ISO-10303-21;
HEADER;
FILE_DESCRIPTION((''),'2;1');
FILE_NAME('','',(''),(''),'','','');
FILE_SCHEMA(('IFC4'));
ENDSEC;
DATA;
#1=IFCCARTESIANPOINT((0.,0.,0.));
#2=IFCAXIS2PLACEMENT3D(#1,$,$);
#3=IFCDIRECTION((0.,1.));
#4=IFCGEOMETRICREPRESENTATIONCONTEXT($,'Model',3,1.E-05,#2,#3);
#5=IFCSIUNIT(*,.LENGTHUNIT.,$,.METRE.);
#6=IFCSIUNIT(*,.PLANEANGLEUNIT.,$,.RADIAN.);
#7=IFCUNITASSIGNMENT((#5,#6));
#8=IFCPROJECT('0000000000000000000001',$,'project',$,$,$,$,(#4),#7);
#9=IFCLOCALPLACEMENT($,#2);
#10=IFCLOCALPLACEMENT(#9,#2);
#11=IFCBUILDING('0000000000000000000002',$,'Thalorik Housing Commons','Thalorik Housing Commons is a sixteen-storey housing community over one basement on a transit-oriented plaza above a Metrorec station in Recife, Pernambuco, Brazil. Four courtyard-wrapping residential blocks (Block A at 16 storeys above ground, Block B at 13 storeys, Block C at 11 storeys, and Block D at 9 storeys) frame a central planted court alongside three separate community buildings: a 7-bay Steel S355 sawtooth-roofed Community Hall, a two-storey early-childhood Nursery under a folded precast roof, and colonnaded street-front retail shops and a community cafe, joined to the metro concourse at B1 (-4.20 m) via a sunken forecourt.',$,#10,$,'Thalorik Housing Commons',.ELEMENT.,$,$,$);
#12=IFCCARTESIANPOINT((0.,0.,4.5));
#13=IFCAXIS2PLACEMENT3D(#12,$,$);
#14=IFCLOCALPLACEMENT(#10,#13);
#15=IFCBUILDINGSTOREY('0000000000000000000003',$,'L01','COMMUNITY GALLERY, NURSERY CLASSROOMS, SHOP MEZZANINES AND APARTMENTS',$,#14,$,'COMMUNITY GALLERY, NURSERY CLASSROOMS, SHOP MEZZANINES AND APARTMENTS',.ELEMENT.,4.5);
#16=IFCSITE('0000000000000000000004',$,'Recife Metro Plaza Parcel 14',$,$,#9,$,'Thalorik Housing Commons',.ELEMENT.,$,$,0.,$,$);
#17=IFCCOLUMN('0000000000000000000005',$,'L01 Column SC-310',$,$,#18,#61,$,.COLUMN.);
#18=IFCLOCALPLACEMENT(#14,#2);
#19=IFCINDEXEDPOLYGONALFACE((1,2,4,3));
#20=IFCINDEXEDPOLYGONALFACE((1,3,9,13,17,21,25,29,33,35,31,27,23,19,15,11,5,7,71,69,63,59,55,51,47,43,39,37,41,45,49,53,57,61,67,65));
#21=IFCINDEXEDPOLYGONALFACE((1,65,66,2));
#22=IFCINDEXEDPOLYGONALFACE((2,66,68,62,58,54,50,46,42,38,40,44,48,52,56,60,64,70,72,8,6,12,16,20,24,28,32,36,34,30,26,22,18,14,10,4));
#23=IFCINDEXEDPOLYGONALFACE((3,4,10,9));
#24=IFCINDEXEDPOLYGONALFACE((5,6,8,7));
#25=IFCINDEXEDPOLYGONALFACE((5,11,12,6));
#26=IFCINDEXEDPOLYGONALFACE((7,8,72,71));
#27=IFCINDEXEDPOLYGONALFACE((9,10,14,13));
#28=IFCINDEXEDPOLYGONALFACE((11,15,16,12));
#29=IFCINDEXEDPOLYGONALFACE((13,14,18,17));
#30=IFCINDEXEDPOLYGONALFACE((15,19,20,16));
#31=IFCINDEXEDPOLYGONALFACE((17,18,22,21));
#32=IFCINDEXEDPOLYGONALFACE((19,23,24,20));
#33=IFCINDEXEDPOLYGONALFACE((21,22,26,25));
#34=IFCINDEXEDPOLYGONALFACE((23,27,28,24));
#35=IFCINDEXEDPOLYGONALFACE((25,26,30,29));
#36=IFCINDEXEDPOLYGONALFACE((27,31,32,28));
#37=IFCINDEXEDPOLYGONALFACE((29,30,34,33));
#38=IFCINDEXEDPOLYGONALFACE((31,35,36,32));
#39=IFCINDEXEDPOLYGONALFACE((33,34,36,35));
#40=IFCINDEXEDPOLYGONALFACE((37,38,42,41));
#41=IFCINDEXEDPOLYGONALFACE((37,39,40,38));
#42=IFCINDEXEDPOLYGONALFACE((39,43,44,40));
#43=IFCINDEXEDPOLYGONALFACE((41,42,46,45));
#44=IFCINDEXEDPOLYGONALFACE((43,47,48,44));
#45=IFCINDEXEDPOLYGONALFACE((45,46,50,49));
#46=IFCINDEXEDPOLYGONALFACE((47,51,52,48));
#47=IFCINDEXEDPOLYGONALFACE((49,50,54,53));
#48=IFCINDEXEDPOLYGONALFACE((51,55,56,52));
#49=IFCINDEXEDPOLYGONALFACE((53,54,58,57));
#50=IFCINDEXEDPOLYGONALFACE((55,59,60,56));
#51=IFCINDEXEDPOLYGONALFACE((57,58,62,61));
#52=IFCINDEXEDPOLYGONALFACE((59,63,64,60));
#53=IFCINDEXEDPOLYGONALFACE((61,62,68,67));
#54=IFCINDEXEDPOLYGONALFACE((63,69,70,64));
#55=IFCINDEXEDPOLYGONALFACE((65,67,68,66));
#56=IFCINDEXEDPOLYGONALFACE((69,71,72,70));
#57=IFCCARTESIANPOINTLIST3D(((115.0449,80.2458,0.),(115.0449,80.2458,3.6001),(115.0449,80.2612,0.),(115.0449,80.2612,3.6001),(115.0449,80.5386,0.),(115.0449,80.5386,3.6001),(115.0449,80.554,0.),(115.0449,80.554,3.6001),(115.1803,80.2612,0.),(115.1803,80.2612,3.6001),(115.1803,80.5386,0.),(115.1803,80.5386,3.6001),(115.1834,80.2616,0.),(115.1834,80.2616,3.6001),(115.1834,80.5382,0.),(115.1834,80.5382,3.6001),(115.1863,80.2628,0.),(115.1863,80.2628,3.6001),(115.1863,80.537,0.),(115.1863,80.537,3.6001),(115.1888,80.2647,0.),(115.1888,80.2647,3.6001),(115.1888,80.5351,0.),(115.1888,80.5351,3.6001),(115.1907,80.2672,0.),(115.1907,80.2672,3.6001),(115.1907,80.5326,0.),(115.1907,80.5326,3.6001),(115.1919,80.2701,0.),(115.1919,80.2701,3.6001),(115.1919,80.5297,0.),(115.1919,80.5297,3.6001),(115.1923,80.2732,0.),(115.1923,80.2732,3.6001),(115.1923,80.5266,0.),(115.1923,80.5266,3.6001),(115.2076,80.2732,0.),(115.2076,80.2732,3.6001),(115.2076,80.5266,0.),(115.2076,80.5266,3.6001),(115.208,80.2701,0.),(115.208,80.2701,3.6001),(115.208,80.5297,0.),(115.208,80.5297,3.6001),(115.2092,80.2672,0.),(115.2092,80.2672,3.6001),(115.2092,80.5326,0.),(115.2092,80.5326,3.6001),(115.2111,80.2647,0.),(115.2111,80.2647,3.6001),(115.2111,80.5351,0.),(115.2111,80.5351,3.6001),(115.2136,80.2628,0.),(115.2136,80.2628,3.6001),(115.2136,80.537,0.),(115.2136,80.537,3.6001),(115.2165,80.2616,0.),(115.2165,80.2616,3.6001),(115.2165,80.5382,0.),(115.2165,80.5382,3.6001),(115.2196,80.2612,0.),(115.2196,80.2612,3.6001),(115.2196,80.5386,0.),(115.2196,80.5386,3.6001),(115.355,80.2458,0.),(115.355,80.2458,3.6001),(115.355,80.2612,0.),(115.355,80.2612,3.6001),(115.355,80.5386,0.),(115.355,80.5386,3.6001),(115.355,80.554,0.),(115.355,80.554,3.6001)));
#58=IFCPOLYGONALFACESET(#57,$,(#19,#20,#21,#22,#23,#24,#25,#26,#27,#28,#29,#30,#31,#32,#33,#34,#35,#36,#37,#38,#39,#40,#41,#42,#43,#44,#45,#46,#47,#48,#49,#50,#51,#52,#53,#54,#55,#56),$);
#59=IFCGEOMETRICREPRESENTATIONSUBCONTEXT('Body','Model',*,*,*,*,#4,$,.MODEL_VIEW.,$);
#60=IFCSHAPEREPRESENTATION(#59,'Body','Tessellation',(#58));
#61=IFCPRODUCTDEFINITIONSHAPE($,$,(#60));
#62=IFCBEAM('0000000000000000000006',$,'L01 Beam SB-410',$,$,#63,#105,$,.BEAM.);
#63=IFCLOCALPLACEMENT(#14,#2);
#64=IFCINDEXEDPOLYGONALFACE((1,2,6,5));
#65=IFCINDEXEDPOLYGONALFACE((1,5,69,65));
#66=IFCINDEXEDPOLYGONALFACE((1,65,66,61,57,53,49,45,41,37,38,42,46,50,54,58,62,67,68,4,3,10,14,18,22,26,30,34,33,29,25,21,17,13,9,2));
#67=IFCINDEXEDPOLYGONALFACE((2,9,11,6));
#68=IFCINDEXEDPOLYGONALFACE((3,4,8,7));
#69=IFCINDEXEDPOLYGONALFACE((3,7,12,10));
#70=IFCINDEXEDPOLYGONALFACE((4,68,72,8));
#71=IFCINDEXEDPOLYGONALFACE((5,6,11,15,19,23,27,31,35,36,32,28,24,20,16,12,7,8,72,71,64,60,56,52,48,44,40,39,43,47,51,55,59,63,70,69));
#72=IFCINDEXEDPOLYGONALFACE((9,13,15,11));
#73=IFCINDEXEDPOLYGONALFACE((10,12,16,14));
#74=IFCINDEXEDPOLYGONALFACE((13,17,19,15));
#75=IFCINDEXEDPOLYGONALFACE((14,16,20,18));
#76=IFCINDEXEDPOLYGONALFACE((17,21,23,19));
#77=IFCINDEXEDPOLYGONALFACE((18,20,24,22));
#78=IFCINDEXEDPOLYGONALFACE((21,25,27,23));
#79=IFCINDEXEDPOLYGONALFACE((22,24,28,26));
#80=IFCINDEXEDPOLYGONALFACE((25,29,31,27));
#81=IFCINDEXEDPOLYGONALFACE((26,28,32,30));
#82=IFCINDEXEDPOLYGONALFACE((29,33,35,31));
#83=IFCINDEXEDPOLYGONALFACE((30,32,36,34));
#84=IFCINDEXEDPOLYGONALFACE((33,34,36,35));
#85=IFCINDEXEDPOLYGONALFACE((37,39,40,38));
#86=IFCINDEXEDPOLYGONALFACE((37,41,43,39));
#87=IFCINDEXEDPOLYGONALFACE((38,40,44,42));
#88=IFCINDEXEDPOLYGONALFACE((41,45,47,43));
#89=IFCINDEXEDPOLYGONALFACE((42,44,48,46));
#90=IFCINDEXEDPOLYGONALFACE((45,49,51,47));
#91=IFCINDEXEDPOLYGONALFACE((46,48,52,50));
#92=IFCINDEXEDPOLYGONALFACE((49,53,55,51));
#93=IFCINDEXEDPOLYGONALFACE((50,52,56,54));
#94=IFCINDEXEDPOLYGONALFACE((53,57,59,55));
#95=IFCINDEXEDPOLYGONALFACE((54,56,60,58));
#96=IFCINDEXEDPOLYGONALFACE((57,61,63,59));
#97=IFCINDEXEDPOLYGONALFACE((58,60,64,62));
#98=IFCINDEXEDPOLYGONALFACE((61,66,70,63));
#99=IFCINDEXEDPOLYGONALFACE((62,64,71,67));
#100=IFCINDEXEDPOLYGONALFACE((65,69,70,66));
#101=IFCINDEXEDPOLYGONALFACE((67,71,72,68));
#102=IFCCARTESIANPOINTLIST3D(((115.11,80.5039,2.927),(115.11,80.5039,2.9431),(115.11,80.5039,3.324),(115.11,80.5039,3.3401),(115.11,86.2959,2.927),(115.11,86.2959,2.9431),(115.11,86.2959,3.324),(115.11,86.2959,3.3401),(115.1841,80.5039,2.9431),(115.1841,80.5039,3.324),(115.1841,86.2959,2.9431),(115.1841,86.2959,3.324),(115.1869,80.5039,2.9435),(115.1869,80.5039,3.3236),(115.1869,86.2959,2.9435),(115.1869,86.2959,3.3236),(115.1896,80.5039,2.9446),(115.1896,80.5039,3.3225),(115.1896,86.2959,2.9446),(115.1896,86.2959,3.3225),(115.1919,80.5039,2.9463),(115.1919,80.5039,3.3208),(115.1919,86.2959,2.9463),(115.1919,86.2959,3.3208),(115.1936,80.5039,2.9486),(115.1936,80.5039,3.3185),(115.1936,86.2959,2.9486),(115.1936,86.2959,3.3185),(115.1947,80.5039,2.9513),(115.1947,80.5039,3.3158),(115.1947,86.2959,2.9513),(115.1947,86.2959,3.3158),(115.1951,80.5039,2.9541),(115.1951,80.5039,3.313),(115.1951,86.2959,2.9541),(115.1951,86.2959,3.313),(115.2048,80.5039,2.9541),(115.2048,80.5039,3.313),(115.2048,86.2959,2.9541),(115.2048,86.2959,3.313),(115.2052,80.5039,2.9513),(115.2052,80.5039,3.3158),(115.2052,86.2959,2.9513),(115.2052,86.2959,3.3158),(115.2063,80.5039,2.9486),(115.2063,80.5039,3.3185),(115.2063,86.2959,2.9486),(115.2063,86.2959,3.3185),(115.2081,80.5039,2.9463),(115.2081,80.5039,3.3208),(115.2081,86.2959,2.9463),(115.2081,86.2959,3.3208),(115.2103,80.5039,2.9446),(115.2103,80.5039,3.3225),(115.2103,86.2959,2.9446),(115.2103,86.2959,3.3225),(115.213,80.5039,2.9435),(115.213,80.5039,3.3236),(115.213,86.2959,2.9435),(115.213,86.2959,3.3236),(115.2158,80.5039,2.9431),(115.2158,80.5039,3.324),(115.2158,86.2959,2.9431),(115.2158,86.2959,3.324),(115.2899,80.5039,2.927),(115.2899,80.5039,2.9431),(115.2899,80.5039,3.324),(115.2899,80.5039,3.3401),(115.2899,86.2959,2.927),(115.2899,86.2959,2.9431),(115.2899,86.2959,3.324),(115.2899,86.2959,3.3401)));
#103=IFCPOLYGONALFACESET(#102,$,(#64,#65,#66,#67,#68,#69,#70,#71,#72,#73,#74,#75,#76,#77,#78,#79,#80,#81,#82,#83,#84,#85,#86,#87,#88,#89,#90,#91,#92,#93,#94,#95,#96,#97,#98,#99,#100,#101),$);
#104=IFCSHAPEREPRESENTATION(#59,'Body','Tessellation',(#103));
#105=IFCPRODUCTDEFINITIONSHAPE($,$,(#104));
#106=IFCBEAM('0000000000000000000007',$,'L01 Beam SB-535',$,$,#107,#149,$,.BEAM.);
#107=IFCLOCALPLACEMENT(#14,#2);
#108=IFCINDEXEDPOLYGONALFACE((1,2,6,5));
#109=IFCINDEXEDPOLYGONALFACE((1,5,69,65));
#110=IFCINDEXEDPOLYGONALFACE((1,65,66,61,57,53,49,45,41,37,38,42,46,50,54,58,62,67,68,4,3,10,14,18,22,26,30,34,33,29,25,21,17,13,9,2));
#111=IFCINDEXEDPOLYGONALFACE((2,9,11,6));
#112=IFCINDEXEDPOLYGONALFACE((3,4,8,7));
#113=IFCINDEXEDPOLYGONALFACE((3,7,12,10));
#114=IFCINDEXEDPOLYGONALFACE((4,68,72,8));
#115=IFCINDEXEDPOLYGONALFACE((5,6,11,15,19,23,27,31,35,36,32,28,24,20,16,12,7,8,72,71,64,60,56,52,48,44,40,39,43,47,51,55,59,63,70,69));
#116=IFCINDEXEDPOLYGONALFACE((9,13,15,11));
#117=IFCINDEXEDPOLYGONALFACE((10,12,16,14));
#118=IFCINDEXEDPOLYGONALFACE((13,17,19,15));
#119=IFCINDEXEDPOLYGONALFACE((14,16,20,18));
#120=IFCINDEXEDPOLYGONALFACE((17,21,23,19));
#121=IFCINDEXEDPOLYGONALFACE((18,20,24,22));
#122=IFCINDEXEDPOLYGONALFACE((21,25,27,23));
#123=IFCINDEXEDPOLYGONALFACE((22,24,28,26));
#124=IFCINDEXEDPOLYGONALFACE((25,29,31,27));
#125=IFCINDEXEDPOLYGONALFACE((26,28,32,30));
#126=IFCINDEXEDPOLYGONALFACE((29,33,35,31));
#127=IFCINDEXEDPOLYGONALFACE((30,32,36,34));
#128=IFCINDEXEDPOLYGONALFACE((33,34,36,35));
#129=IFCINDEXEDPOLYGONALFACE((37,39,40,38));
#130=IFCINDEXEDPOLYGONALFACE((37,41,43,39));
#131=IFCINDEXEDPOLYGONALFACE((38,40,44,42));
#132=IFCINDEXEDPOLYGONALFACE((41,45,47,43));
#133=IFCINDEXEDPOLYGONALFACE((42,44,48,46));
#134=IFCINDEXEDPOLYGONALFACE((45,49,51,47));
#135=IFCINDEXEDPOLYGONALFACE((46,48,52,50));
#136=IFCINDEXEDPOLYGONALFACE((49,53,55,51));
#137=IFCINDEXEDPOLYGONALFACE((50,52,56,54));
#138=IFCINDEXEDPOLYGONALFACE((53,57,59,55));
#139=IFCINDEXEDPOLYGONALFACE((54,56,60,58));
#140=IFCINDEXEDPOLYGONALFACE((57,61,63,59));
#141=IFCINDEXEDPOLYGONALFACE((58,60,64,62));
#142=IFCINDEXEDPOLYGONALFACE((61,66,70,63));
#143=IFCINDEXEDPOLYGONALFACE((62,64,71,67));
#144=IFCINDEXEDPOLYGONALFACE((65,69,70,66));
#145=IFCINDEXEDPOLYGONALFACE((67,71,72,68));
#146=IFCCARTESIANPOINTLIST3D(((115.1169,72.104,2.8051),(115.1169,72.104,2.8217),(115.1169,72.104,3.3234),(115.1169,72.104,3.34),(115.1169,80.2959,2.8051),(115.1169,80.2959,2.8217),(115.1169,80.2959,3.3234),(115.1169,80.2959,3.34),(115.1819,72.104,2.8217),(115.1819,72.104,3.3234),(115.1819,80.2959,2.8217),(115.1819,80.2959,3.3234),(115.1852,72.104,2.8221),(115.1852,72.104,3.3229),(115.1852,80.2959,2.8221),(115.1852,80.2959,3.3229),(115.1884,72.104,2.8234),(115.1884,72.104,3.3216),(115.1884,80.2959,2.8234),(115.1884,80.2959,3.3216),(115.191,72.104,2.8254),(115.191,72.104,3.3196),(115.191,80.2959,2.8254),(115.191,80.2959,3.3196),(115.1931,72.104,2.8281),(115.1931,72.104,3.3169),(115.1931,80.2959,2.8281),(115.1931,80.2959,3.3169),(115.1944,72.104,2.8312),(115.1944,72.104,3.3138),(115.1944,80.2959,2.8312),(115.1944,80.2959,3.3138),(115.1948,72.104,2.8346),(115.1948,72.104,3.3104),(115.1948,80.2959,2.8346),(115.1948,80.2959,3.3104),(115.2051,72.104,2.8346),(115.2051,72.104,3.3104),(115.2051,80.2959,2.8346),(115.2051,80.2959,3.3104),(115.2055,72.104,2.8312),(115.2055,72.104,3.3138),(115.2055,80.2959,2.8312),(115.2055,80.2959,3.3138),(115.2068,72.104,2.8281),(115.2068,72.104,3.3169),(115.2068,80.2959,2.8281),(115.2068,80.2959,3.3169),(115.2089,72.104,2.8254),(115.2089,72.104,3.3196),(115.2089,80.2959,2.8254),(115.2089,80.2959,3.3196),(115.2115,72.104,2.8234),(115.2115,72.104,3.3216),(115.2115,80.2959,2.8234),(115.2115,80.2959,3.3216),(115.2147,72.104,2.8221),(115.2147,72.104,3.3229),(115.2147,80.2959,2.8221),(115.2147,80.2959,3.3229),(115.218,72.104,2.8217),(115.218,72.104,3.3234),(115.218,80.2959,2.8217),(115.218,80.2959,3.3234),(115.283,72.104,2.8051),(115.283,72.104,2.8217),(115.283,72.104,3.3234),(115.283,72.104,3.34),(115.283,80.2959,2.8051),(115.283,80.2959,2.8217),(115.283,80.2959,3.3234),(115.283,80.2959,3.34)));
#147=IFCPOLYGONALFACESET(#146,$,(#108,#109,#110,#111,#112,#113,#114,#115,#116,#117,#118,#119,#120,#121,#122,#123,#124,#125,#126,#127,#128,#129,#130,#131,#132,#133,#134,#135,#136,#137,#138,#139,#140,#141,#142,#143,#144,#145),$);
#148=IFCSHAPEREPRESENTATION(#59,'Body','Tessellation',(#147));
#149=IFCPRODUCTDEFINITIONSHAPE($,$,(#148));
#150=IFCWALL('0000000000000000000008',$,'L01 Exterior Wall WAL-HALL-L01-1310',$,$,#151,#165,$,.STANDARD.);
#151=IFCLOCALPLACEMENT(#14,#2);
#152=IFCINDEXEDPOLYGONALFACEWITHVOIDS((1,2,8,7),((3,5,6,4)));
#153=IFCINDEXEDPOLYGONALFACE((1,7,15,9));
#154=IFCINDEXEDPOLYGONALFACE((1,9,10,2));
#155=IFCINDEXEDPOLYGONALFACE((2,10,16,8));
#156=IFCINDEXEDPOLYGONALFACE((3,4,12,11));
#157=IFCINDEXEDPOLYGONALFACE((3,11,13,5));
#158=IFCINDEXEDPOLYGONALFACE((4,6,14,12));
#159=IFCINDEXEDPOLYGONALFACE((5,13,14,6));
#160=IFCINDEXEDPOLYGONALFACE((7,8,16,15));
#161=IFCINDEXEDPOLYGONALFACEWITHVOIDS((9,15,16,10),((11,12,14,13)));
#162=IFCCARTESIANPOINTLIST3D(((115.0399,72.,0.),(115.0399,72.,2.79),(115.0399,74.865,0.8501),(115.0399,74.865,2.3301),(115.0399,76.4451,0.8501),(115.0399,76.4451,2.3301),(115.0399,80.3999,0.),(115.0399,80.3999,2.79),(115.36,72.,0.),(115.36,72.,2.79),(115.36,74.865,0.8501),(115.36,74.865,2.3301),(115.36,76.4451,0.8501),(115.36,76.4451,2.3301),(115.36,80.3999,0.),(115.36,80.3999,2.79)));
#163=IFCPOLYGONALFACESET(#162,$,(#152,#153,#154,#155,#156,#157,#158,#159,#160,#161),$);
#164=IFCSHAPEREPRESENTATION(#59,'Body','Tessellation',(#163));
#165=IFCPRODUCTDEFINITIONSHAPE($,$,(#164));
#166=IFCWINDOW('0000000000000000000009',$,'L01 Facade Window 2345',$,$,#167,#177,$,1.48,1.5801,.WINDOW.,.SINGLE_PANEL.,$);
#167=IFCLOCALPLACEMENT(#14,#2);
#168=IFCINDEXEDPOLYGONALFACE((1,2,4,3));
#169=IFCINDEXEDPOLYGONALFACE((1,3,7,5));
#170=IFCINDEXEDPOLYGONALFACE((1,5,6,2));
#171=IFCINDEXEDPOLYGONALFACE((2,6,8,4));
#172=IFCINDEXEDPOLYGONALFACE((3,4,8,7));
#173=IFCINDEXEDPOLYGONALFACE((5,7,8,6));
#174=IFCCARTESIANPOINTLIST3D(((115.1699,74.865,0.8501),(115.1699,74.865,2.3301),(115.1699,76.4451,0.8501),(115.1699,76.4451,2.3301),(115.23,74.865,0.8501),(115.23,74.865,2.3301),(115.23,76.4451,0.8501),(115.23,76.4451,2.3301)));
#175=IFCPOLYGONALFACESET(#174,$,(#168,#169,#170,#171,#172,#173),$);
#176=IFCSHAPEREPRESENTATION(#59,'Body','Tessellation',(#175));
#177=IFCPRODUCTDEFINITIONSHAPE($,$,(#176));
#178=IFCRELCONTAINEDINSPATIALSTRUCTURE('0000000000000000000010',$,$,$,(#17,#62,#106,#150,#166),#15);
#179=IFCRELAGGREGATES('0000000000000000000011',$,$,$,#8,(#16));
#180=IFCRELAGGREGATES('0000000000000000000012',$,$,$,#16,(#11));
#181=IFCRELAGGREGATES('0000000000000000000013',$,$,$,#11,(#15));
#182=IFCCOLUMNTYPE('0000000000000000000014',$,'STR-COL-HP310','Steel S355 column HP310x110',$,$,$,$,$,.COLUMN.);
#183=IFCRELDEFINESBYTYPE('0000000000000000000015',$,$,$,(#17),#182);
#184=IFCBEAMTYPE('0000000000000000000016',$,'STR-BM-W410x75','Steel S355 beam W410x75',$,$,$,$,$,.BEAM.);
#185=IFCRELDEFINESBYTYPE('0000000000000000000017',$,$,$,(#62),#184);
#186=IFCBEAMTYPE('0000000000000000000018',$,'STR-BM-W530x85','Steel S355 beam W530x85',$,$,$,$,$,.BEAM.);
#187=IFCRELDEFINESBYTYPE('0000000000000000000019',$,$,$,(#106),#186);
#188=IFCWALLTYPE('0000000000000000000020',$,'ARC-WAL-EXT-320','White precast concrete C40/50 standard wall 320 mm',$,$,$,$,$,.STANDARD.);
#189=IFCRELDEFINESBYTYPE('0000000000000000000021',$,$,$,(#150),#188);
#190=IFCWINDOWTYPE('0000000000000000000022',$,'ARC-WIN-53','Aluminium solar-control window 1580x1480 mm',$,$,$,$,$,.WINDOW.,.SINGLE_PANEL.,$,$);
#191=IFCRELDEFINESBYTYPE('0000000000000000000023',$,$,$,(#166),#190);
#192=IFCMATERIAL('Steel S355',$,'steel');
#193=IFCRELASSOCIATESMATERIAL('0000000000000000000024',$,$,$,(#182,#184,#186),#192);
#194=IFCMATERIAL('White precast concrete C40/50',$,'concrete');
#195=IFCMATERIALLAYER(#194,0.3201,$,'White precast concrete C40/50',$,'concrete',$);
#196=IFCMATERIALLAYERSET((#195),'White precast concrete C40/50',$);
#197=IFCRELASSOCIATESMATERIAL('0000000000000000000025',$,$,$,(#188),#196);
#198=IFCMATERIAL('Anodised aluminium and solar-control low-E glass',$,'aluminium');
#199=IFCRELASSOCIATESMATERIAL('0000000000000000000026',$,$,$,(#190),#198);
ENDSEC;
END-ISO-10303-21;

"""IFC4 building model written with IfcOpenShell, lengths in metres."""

from ifc_helpers import new_model, si_unit, direction, frame, frame_2d, origin, origin_2d, place, context, subcontext, project, spatial, rectangle, i_section, extrude, material, layer, layer_set, material_profile, profile_set, type_object, element, fill, save


model = new_model("IFC4")

# Units and contexts
model_context = context("Model", 3, precision=1e-05, world=origin(), true_north=direction((0.0, 1.0)))
body_context = subcontext(model_context, "Body", "Model", "MODEL_VIEW")
ifc_project = project(units=[si_unit("LENGTHUNIT", "METRE"), si_unit("PLANEANGLEUNIT", "RADIAN")], contexts=[model_context])

# Site, building, storey
site_placement = place(None, origin())
site = spatial("IfcSite", under=ifc_project, at=site_placement, Name="Recife Metro Plaza Parcel 14", LongName="Thalorik Housing Commons", CompositionType="ELEMENT", RefElevation=0.0)
building_placement = place(site_placement, origin())
building = spatial("IfcBuilding", under=site, at=building_placement, Name="Thalorik Housing Commons", Description="Thalorik Housing Commons is a sixteen-storey housing community over one basement on a transit-oriented plaza above a Metrorec station in Recife, Pernambuco, Brazil. Four courtyard-wrapping residential blocks (Block A at 16 storeys above ground, Block B at 13 storeys, Block C at 11 storeys, and Block D at 9 storeys) frame a central planted court alongside three separate community buildings: a 7-bay Steel S355 sawtooth-roofed Community Hall, a two-storey early-childhood Nursery under a folded precast roof, and colonnaded street-front retail shops and a community cafe, joined to the metro concourse at B1 (-4.20 m) via a sunken forecourt.", LongName="Thalorik Housing Commons", CompositionType="ELEMENT")
storey_placement = place(building_placement, frame((0.0, 0.0, 4.5)))
storey = spatial("IfcBuildingStorey", under=building, at=storey_placement, Name="L01", Description="COMMUNITY GALLERY, NURSERY CLASSROOMS, SHOP MEZZANINES AND APARTMENTS", LongName="COMMUNITY GALLERY, NURSERY CLASSROOMS, SHOP MEZZANINES AND APARTMENTS", CompositionType="ELEMENT", Elevation=4.5)

# Column
ifc_material_1 = material(Name="Steel S355", Category="steel")
ifc_material_profile_1 = material_profile(ifc_material_1, i_section(OverallWidth=0.3101, OverallDepth=0.3081, WebThickness=0.0154, FlangeThickness=0.0154, FilletRadius=0.012, at=origin_2d()), Name="HP310x110", Category="steel")
ifc_profile_set_1 = profile_set([ifc_material_profile_1], Name="Steel S355")
column_type = type_object("IfcColumnType", Name="STR-COL-HP310", Description="Steel S355 column HP310x110", PredefinedType="COLUMN", material=ifc_profile_set_1)
column_placement = place(storey_placement, frame((115.2, 80.3999, 0.0), z_axis=(0.0, 0.0, 1.0), x_axis=(1.0, 0.0, 0.0)))
element("IfcColumn", 1, at=column_placement, inside=storey, type_object=column_type, Name="L01 Column SC-310", PredefinedType="COLUMN", context=body_context, shape_type="SweptSolid", body=[
    extrude(i_section(OverallWidth=0.3101, OverallDepth=0.3081, WebThickness=0.0154, FlangeThickness=0.0154, FilletRadius=0.012, at=origin_2d()), origin(), (0.0, 0.0, 1.0), 3.6001),
])

# Beams
ifc_material_profile_2 = material_profile(ifc_material_1, i_section(OverallWidth=0.1799, OverallDepth=0.4131, WebThickness=0.0098, FlangeThickness=0.0161, FilletRadius=0.011, at=origin_2d()), Name="W410x75", Category="steel")
ifc_profile_set_2 = profile_set([ifc_material_profile_2], Name="Steel S355")
beam_type_1 = type_object("IfcBeamType", Name="STR-BM-W410x75", Description="Steel S355 beam W410x75", PredefinedType="BEAM", material=ifc_profile_set_2)
beam_1_placement = place(storey_placement, frame((115.2, 80.5039, 3.1335), z_axis=(0.0, 1.0, 0.0), x_axis=(-1.0, 0.0, 0.0)))
element("IfcBeam", 2, at=beam_1_placement, inside=storey, type_object=beam_type_1, Name="L01 Beam SB-410", PredefinedType="BEAM", context=body_context, shape_type="SweptSolid", body=[
    extrude(i_section(OverallWidth=0.1799, OverallDepth=0.4131, WebThickness=0.0098, FlangeThickness=0.0161, FilletRadius=0.011, at=origin_2d()), origin(), (0.0, 0.0, 1.0), 5.792),
])
ifc_material_profile_3 = material_profile(ifc_material_1, i_section(OverallWidth=0.166, OverallDepth=0.5349, WebThickness=0.0103, FlangeThickness=0.0166, FilletRadius=0.0129, at=origin_2d()), Name="W530x85", Category="steel")
ifc_profile_set_3 = profile_set([ifc_material_profile_3], Name="Steel S355")
beam_type_2 = type_object("IfcBeamType", Name="STR-BM-W530x85", Description="Steel S355 beam W530x85", PredefinedType="BEAM", material=ifc_profile_set_3)
beam_2_placement = place(storey_placement, frame((115.2, 72.104, 3.0725), z_axis=(0.0, 1.0, 0.0), x_axis=(-1.0, 0.0, 0.0)))
element("IfcBeam", 3, at=beam_2_placement, inside=storey, type_object=beam_type_2, Name="L01 Beam SB-535", PredefinedType="BEAM", context=body_context, shape_type="SweptSolid", body=[
    extrude(i_section(OverallWidth=0.166, OverallDepth=0.5349, WebThickness=0.0103, FlangeThickness=0.0166, FilletRadius=0.0129, at=origin_2d()), origin(), (0.0, 0.0, 1.0), 8.1919),
])

# Wall, opening, window
ifc_material_2 = material(Name="White precast concrete C40/50", Category="concrete")
ifc_layer_1 = layer(ifc_material_2, 0.3201, Name="White precast concrete C40/50", Category="concrete")
ifc_layer_set_1 = layer_set([ifc_layer_1], Name="White precast concrete C40/50")
wall_type = type_object("IfcWallType", Name="ARC-WAL-EXT-320", Description="White precast concrete C40/50 standard wall 320 mm", PredefinedType="STANDARD", material=ifc_layer_set_1)
wall_1_placement = place(storey_placement, frame((115.2, 72.0, 0.0), z_axis=(0.0, 0.0, 1.0), x_axis=(0.0, 1.0, 0.0)))
wall_1 = element("IfcWall", 4, at=wall_1_placement, inside=storey, type_object=wall_type, Name="L01 Exterior Wall WAL-HALL-L01-1310", PredefinedType="STANDARD", context=body_context, shape_type="SweptSolid", body=[
    extrude(rectangle(XDim=8.3999, YDim=0.3201, at=frame_2d((4.2, 0.0))), origin(), (0.0, 0.0, 1.0), 2.79),
])
opening_1_placement = place(wall_1_placement, frame((2.865, 0.0, 0.8501)))
opening_1 = element("IfcOpeningElement", 5, at=opening_1_placement, cuts=wall_1, PredefinedType="OPENING", context=body_context, shape_type="SweptSolid", body=[
    extrude(rectangle(XDim=1.5801, YDim=1.48, at=frame_2d((0.79, 0.74))), frame((0.0, 0.1699, 0.0), z_axis=(0.0, -1.0, 0.0), x_axis=(1.0, 0.0, 0.0)), (0.0, 0.0, 1.0), 0.3401),
])
ifc_material_3 = material(Name="Anodised aluminium and solar-control low-E glass", Category="aluminium")
window_type_1 = type_object("IfcWindowType", Name="ARC-WIN-53", Description="Aluminium solar-control window 1580x1480 mm", PartitioningType="SINGLE_PANEL", PredefinedType="WINDOW", material=ifc_material_3)
window_1_placement = place(opening_1_placement, origin())
window_1 = element("IfcWindow", 6, at=window_1_placement, inside=storey, type_object=window_type_1, Name="L01 Facade Window 2345", OverallHeight=1.48, OverallWidth=1.5801, PartitioningType="SINGLE_PANEL", PredefinedType="WINDOW", context=body_context, shape_type="SweptSolid", body=[
    extrude(rectangle(XDim=1.5801, YDim=1.48, at=frame_2d((0.79, 0.74))), frame((0.0, 0.03, 0.0), z_axis=(0.0, -1.0, 0.0), x_axis=(1.0, 0.0, 0.0)), (0.0, 0.0, 1.0), 0.0601),
])
fill(opening_1, window_1)

save(model, "model.ifc")
